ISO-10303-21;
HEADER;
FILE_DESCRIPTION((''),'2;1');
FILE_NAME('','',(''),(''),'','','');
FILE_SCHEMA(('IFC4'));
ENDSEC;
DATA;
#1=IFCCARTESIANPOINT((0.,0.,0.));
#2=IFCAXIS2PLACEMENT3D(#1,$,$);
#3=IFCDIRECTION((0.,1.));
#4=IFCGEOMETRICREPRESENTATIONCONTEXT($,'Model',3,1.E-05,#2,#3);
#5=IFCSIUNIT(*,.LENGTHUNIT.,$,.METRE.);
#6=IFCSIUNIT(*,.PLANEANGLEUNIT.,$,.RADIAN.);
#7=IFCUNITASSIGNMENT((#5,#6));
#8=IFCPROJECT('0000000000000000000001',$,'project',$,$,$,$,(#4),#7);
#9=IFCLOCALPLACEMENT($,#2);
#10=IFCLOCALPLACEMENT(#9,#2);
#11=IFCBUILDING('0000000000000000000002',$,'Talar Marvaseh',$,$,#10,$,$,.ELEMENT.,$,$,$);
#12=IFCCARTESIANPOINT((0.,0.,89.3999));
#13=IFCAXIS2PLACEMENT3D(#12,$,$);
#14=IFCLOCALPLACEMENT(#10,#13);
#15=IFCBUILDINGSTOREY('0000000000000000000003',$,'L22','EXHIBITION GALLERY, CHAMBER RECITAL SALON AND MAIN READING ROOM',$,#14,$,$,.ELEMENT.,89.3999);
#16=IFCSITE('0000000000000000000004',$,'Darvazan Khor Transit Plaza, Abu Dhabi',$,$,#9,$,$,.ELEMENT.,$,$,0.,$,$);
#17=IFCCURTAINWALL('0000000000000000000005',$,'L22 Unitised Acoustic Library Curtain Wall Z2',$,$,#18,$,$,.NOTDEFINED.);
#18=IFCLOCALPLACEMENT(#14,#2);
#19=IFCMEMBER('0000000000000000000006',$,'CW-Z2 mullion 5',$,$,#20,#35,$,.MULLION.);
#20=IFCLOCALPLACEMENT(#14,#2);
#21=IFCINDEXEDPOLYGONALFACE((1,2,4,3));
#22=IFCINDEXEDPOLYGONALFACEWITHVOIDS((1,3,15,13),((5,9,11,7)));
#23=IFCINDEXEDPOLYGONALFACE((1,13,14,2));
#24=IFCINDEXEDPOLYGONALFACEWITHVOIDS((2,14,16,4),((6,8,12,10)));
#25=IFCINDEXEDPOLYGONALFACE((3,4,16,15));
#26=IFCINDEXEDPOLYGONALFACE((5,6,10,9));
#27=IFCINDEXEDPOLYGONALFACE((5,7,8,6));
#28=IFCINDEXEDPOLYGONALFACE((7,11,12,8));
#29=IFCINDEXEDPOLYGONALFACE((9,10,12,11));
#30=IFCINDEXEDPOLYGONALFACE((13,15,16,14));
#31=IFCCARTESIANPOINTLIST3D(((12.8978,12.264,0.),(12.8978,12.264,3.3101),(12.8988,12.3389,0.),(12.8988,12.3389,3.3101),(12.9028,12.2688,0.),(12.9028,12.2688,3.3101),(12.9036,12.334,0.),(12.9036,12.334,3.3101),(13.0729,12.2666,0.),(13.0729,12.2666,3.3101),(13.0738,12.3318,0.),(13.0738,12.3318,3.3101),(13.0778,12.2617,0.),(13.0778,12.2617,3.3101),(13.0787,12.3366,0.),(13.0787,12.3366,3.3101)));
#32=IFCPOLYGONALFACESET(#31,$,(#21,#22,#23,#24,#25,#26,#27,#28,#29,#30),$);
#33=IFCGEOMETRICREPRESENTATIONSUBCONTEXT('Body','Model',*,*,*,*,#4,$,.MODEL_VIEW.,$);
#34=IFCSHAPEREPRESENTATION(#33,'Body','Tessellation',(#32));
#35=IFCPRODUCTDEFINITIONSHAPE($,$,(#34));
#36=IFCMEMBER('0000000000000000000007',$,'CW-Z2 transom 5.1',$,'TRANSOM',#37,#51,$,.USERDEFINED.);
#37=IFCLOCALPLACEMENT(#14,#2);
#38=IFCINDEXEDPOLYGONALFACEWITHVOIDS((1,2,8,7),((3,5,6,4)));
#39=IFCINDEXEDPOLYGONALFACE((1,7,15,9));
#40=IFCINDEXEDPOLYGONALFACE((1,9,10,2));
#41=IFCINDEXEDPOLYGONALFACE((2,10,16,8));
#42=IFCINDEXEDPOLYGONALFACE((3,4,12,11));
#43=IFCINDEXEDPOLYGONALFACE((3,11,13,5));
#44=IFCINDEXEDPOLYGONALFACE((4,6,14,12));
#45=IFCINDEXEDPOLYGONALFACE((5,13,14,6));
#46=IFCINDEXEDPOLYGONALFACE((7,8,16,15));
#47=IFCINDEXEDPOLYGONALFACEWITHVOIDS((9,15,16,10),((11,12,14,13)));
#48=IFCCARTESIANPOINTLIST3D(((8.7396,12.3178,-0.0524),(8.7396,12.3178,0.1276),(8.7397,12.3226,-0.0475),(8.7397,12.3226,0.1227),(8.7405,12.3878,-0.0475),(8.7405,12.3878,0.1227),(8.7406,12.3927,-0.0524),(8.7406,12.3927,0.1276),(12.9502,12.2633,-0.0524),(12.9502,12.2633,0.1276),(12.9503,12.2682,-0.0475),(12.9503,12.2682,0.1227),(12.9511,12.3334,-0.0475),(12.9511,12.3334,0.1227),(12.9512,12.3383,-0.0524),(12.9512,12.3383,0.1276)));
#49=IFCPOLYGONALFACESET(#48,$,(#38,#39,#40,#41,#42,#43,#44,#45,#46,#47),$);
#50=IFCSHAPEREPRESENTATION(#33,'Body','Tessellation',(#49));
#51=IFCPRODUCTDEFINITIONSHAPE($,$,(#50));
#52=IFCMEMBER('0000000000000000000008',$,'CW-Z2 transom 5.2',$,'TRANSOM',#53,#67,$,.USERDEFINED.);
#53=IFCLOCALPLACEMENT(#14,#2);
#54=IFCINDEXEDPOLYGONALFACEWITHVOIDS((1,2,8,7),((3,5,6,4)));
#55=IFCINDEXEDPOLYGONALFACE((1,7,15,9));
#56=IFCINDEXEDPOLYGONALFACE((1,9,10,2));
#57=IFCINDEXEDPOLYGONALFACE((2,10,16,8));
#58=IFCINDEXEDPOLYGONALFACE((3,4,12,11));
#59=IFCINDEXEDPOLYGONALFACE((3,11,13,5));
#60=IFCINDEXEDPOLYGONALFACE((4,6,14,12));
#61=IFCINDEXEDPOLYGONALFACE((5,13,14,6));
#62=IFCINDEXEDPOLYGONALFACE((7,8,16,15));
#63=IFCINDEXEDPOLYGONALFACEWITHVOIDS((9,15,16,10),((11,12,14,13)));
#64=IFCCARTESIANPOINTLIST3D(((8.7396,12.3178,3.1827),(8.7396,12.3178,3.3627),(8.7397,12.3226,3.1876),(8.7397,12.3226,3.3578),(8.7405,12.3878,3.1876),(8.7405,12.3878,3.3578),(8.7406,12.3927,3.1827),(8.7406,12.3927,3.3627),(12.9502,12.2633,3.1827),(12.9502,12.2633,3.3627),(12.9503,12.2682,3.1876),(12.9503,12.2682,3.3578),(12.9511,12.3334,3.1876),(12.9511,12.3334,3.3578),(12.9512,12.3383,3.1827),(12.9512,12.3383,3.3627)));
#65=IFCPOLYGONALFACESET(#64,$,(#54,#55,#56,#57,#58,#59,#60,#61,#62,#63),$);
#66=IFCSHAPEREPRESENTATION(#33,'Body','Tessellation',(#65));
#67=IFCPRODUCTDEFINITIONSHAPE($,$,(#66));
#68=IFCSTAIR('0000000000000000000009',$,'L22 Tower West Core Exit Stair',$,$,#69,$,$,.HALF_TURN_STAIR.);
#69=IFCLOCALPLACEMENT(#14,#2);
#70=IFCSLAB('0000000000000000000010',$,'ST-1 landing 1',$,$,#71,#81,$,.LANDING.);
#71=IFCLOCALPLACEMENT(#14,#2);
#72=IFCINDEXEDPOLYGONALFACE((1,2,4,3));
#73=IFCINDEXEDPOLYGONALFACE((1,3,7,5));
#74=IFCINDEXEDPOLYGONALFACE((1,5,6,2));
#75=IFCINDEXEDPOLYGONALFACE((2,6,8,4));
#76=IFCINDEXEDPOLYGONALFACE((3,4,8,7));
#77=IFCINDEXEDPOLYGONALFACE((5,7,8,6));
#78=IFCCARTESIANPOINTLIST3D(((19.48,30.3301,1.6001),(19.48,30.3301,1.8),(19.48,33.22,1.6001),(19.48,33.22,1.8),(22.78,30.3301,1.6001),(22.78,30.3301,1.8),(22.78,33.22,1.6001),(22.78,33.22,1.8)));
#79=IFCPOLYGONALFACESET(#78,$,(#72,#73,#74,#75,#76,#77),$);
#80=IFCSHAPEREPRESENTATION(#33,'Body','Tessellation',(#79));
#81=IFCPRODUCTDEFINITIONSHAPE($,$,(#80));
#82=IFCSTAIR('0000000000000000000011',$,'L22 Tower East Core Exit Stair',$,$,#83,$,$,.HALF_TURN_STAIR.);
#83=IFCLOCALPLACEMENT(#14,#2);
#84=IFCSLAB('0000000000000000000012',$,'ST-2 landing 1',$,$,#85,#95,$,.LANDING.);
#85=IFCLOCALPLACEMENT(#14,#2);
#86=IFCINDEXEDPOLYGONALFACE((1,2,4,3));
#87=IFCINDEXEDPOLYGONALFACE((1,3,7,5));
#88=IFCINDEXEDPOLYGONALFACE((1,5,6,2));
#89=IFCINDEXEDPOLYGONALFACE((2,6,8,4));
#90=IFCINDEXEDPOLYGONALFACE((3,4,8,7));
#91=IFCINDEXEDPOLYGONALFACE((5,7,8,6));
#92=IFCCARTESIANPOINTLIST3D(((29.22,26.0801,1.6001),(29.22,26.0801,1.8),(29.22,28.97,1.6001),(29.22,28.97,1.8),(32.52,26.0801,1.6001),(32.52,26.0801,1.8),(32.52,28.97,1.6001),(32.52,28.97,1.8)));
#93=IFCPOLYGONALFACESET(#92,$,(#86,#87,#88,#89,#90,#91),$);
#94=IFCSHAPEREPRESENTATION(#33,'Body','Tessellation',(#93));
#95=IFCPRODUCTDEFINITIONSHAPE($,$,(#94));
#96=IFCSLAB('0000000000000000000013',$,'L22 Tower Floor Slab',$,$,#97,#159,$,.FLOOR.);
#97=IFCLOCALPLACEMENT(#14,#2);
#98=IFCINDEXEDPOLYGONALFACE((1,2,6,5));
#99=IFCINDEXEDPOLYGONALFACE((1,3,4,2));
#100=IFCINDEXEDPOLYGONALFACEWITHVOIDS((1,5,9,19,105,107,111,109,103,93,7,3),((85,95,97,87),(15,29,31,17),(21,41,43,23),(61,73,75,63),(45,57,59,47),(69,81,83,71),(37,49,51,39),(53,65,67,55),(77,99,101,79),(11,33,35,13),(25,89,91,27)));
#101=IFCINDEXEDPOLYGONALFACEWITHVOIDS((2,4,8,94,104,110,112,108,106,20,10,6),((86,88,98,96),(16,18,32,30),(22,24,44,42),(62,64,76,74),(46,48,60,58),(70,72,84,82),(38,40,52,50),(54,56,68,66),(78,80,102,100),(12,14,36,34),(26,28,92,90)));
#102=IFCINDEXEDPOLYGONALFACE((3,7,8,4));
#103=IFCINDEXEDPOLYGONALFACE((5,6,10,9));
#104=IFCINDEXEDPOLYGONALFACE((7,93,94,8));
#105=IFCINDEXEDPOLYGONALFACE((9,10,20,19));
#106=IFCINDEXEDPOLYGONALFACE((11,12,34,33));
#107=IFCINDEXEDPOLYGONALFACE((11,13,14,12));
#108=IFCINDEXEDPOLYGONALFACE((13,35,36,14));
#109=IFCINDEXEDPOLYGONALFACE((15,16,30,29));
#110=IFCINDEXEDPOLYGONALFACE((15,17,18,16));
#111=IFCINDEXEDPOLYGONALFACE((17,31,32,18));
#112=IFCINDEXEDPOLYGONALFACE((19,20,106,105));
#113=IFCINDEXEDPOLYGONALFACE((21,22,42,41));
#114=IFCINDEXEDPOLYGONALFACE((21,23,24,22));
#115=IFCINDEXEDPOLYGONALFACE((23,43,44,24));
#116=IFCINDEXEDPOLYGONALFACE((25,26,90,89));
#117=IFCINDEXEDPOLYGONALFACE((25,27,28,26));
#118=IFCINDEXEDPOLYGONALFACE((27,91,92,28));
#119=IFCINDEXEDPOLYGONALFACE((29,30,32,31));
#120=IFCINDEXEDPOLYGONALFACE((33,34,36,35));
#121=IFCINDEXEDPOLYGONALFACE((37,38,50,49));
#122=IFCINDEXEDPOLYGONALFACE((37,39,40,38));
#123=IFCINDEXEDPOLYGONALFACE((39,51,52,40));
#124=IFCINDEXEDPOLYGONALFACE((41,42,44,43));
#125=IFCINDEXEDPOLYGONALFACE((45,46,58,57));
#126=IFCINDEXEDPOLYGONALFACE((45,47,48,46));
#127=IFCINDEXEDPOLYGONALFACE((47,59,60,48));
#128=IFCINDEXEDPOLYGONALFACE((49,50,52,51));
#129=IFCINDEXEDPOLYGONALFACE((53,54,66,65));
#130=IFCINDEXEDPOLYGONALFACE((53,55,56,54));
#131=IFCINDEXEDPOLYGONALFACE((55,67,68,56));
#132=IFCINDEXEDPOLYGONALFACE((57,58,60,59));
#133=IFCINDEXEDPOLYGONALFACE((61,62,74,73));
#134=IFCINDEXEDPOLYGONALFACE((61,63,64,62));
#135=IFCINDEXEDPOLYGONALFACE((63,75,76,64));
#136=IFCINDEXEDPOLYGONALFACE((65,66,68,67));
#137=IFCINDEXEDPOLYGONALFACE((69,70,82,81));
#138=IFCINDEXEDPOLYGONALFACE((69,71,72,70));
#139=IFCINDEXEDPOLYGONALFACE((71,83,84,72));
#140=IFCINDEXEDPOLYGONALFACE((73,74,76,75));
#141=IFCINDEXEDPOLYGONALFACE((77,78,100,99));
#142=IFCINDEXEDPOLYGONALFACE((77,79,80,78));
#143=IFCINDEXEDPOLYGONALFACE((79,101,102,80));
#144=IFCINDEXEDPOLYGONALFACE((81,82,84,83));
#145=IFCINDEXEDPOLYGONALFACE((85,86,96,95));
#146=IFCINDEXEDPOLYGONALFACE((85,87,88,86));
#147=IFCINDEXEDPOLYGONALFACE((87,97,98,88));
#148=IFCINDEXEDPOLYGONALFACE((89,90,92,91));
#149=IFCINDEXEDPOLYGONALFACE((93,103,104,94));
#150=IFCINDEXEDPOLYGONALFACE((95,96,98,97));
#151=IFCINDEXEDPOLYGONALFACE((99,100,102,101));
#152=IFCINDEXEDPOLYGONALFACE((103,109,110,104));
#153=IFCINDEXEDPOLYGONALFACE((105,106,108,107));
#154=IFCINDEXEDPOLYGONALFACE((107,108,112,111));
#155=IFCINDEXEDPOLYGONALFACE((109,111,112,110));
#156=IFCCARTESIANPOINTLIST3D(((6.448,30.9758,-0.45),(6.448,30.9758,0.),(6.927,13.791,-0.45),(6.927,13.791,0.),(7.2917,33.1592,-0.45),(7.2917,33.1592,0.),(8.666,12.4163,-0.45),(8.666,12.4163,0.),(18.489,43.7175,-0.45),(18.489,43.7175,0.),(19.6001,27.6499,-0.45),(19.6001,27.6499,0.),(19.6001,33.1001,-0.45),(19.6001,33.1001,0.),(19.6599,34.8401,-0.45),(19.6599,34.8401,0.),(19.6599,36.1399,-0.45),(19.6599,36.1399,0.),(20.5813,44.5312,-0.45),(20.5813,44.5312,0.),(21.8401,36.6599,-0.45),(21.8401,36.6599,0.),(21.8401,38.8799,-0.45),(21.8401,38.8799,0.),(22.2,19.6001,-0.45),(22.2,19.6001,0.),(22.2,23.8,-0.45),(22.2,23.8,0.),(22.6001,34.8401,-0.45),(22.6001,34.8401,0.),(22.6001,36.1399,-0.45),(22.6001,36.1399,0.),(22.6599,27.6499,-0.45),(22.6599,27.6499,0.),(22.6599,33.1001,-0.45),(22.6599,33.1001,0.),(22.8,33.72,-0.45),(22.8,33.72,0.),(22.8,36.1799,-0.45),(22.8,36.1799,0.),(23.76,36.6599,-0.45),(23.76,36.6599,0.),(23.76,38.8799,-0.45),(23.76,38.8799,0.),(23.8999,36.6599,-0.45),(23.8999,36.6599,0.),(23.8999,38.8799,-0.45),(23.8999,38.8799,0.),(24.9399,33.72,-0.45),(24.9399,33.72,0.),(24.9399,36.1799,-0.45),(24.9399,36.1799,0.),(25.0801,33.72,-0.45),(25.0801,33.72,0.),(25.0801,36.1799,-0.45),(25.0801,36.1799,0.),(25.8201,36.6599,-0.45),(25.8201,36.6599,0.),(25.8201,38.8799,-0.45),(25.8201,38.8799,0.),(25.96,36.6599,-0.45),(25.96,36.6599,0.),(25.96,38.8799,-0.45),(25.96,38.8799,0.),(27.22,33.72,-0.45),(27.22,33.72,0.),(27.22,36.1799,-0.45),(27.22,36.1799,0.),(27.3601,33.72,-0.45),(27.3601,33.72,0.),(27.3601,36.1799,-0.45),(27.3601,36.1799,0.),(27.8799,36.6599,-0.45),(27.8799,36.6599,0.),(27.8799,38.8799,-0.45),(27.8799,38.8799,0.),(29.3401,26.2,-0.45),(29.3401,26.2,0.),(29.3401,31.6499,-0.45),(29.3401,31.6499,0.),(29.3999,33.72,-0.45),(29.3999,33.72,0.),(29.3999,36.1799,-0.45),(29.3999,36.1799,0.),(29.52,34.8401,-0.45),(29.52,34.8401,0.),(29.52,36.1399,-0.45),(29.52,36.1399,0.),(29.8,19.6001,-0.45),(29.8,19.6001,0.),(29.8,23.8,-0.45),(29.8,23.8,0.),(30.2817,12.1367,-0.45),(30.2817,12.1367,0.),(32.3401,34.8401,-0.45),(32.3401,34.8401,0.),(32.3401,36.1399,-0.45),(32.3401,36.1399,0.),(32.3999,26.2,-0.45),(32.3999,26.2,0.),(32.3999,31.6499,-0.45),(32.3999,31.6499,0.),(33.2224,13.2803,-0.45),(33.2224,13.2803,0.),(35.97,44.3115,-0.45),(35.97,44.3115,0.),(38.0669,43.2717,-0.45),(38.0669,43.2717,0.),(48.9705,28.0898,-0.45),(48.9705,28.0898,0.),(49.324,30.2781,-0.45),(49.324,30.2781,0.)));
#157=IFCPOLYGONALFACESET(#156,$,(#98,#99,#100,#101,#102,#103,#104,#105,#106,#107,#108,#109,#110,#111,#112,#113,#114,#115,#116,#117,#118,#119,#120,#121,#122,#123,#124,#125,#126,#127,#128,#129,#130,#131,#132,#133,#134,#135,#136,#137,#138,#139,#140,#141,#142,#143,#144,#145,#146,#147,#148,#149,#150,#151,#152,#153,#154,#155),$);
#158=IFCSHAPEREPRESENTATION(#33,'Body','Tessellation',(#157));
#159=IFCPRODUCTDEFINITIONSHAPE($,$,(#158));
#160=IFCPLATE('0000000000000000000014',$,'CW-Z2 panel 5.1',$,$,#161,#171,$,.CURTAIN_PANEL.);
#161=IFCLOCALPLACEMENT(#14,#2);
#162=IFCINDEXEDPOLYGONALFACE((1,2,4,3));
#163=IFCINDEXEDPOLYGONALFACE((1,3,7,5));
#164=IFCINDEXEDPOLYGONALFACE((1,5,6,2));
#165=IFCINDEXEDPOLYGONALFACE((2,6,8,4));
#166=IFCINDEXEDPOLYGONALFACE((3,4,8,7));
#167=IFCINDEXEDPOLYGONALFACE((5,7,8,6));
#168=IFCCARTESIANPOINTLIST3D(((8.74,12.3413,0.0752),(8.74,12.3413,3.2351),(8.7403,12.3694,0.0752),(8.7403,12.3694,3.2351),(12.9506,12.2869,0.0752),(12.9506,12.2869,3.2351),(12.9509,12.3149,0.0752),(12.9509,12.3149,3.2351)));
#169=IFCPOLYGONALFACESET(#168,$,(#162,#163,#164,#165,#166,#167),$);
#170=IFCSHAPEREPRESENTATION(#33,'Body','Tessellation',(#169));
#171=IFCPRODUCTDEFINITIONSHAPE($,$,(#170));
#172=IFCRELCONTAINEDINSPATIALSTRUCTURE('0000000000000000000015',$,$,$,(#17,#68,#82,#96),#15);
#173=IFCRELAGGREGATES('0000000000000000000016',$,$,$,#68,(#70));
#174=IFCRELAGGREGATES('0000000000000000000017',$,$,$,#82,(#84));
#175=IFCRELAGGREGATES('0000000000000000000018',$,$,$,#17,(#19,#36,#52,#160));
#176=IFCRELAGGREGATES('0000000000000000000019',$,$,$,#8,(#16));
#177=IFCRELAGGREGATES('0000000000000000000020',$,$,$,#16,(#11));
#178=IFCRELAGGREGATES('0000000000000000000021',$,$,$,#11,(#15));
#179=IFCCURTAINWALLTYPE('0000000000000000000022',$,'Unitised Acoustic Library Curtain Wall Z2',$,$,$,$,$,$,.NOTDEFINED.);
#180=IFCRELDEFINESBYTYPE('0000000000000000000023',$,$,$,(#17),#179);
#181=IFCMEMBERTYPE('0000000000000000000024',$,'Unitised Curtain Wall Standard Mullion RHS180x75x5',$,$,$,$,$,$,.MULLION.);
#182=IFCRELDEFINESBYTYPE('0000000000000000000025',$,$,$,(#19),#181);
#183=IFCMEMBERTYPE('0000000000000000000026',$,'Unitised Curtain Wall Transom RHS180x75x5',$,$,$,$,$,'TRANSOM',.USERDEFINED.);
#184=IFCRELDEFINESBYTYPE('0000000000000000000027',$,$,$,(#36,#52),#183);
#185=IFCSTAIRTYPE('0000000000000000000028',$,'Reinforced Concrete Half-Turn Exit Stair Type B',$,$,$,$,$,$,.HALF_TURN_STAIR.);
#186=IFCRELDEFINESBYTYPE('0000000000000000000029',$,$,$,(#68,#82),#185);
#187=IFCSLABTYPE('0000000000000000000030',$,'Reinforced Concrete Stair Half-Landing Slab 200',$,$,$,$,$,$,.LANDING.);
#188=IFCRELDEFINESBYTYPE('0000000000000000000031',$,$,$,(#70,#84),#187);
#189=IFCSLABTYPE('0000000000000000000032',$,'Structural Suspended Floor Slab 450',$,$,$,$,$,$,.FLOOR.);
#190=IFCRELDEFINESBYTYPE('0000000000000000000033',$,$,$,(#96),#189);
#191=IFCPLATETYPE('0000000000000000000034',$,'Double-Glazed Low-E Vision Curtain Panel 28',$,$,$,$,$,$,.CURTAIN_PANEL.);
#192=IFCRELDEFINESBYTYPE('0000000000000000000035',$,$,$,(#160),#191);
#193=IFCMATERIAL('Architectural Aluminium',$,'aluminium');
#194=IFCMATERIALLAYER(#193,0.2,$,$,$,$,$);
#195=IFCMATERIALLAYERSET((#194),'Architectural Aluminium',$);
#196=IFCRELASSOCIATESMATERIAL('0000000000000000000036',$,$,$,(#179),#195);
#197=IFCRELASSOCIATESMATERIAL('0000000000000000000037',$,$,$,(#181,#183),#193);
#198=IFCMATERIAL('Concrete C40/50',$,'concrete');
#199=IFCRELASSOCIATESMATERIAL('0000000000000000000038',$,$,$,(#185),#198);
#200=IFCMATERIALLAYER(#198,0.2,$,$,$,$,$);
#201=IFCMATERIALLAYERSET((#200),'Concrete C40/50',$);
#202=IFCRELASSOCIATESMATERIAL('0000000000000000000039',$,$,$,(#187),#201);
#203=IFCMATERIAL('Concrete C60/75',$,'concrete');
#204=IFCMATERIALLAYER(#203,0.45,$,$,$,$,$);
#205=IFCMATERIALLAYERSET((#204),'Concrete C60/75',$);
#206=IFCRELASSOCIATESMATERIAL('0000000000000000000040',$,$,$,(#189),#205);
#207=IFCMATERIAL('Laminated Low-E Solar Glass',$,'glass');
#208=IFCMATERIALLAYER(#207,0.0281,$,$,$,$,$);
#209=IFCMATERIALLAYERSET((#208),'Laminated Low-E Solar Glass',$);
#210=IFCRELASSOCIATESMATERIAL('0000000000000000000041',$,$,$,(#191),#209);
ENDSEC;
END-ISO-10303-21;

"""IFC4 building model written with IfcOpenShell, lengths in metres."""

from ifc_helpers import new_model, si_unit, direction, frame, origin, origin_2d, place, context, subcontext, project, spatial, polyline, rectangle, hollow_rectangle, outline, extrude, source, transform, mapped, material, layer, layer_set, material_profile, profile_set, type_object, type_shapes, element, aggregate, save


model = new_model("IFC4")

# Units and contexts
model_context = context("Model", 3, precision=1e-05, world=origin(), true_north=direction((0.0, 1.0)))
body_context = subcontext(model_context, "Body", "Model", "MODEL_VIEW")
ifc_project = project(units=[si_unit("LENGTHUNIT", "METRE"), si_unit("PLANEANGLEUNIT", "RADIAN")], contexts=[model_context])

# Site, building, storey
site_placement = place(None, origin())
site = spatial("IfcSite", under=ifc_project, at=site_placement, Name="Darvazan Khor Transit Plaza, Abu Dhabi", CompositionType="ELEMENT", RefElevation=0.0)
building_placement = place(site_placement, origin())
building = spatial("IfcBuilding", under=site, at=building_placement, Name="Talar Marvaseh", CompositionType="ELEMENT")
storey_placement = place(building_placement, frame((0.0, 0.0, 89.3999)))
storey = spatial("IfcBuildingStorey", under=building, at=storey_placement, Name="L22", Description="EXHIBITION GALLERY, CHAMBER RECITAL SALON AND MAIN READING ROOM", CompositionType="ELEMENT", Elevation=89.3999)

# Curtain wall, members
ifc_material_1 = material(Name="Architectural Aluminium", Category="aluminium")
ifc_layer_1 = layer(ifc_material_1, 0.2)
ifc_layer_set_1 = layer_set([ifc_layer_1], Name="Architectural Aluminium")
curtain_wall_type = type_object("IfcCurtainWallType", Name="Unitised Acoustic Library Curtain Wall Z2", PredefinedType="NOTDEFINED", material=ifc_layer_set_1)
curtain_wall_placement = place(storey_placement, origin())
curtain_wall = element("IfcCurtainWall", 1, at=curtain_wall_placement, inside=storey, type_object=curtain_wall_type, Name="L22 Unitised Acoustic Library Curtain Wall Z2", PredefinedType="NOTDEFINED")
ifc_material_profile_1 = material_profile(ifc_material_1, hollow_rectangle(XDim=0.075, YDim=0.1799, WallThickness=0.0049, at=origin_2d()), Name="RHS180x75x5")
ifc_profile_set_1 = profile_set([ifc_material_profile_1], Name="Architectural Aluminium")
member_type_1 = type_object("IfcMemberType", Name="Unitised Curtain Wall Standard Mullion RHS180x75x5", PredefinedType="MULLION", material=ifc_profile_set_1)
shared_shape_1 = source(origin(), body_context, "Body", "SweptSolid", [
    extrude(hollow_rectangle(XDim=0.075, YDim=0.1799, WallThickness=0.0049, at=origin_2d()), origin(), (0.0, 0.0, 1.0), 3.3101),
])
type_shapes(member_type_1, [shared_shape_1])
member_1_placement = place(storey_placement, frame((12.9883, 12.3003, 0.0), z_axis=(0.0, 0.0, 1.0), x_axis=(-0.012934, -0.999916, 0.0)))
member_1 = element("IfcMember", 2, at=member_1_placement, type_object=member_type_1, Name="CW-Z2 mullion 5", PredefinedType="MULLION", context=body_context, shape_type="MappedRepresentation", body=[
    mapped(shared_shape_1, transform((0.0, 0.0, 0.0), x_axis=(1.0, 0.0, 0.0), y_axis=(0.0, 1.0, 0.0), z_axis=(0.0, 0.0, 1.0), scale=1.0)),
])
ifc_material_profile_2 = material_profile(ifc_material_1, hollow_rectangle(XDim=0.075, YDim=0.1799, WallThickness=0.0049, at=origin_2d()), Name="RHS180x75x5")
ifc_profile_set_2 = profile_set([ifc_material_profile_2], Name="Architectural Aluminium")
member_type_2 = type_object("IfcMemberType", Name="Unitised Curtain Wall Transom RHS180x75x5", ElementType="TRANSOM", PredefinedType="USERDEFINED", material=ifc_profile_set_2)
shared_shape_2 = source(origin(), body_context, "Body", "SweptSolid", [
    extrude(hollow_rectangle(XDim=0.075, YDim=0.1799, WallThickness=0.0049, at=origin_2d()), origin(), (0.0, 0.0, 1.0), 4.2109),
])
type_shapes(member_type_2, [shared_shape_2])
member_2_placement = place(storey_placement, frame((12.9507, 12.3008, 0.0376), z_axis=(-0.999916, 0.012929, 0.0), x_axis=(-0.012929, -0.999916, 0.0)))
member_2 = element("IfcMember", 3, at=member_2_placement, type_object=member_type_2, Name="CW-Z2 transom 5.1", ObjectType="TRANSOM", PredefinedType="USERDEFINED", context=body_context, shape_type="MappedRepresentation", body=[
    mapped(shared_shape_2, transform((0.0, 0.0, 0.0), x_axis=(1.0, 0.0, 0.0), y_axis=(0.0, 1.0, 0.0), z_axis=(0.0, 0.0, 1.0), scale=1.0)),
])
member_3_placement = place(storey_placement, frame((12.9507, 12.3008, 3.2727), z_axis=(-0.999916, 0.012929, 0.0), x_axis=(-0.012929, -0.999916, 0.0)))
member_3 = element("IfcMember", 4, at=member_3_placement, type_object=member_type_2, Name="CW-Z2 transom 5.2", ObjectType="TRANSOM", PredefinedType="USERDEFINED", context=body_context, shape_type="MappedRepresentation", body=[
    mapped(shared_shape_2, transform((0.0, 0.0, 0.0), x_axis=(1.0, 0.0, 0.0), y_axis=(0.0, 1.0, 0.0), z_axis=(0.0, 0.0, 1.0), scale=1.0)),
])

# Stairs, slabs
ifc_material_2 = material(Name="Concrete C40/50", Category="concrete")
stair_type = type_object("IfcStairType", Name="Reinforced Concrete Half-Turn Exit Stair Type B", PredefinedType="HALF_TURN_STAIR", material=ifc_material_2)
stair_1_placement = place(storey_placement, origin())
stair_1 = element("IfcStair", 5, at=stair_1_placement, inside=storey, type_object=stair_type, Name="L22 Tower West Core Exit Stair", PredefinedType="HALF_TURN_STAIR")
ifc_layer_2 = layer(ifc_material_2, 0.2)
ifc_layer_set_2 = layer_set([ifc_layer_2], Name="Concrete C40/50")
slab_type_1 = type_object("IfcSlabType", Name="Reinforced Concrete Stair Half-Landing Slab 200", PredefinedType="LANDING", material=ifc_layer_set_2)
slab_1_placement = place(storey_placement, frame((0.0, 0.0, 1.6001)))
slab_1 = element("IfcSlab", 6, at=slab_1_placement, type_object=slab_type_1, Name="ST-1 landing 1", PredefinedType="LANDING", context=body_context, shape_type="SweptSolid", body=[
    extrude(outline(polyline([(22.78, 30.3301), (22.78, 33.22), (19.48, 33.22), (19.48, 30.3301), (22.78, 30.3301)])), origin(), (0.0, 0.0, 1.0), 0.2),
])
aggregate(stair_1, [slab_1])
stair_2_placement = place(storey_placement, origin())
stair_2 = element("IfcStair", 7, at=stair_2_placement, inside=storey, type_object=stair_type, Name="L22 Tower East Core Exit Stair", PredefinedType="HALF_TURN_STAIR")
slab_2_placement = place(storey_placement, frame((0.0, 0.0, 1.6001)))
slab_2 = element("IfcSlab", 8, at=slab_2_placement, type_object=slab_type_1, Name="ST-2 landing 1", PredefinedType="LANDING", context=body_context, shape_type="SweptSolid", body=[
    extrude(outline(polyline([(29.22, 28.97), (29.22, 26.0801), (32.52, 26.0801), (32.52, 28.97), (29.22, 28.97)])), origin(), (0.0, 0.0, 1.0), 0.2),
])
aggregate(stair_2, [slab_2])

# Slab
ifc_material_3 = material(Name="Concrete C60/75", Category="concrete")
ifc_layer_3 = layer(ifc_material_3, 0.45)
ifc_layer_set_3 = layer_set([ifc_layer_3], Name="Concrete C60/75")
slab_type_2 = type_object("IfcSlabType", Name="Structural Suspended Floor Slab 450", PredefinedType="FLOOR", material=ifc_layer_set_3)
slab_3_placement = place(storey_placement, frame((0.0, 0.0, -0.45)))
element("IfcSlab", 9, at=slab_3_placement, inside=storey, type_object=slab_type_2, Name="L22 Tower Floor Slab", PredefinedType="FLOOR", context=body_context, shape_type="SweptSolid", body=[
    extrude(outline(polyline([(8.666, 12.4163), (6.927, 13.791), (6.448, 30.9758), (7.2917, 33.1592), (18.489, 43.7175), (20.5813, 44.5312), (35.97, 44.3115), (38.0669, 43.2717), (49.324, 30.2781), (48.9705, 28.0898), (33.2224, 13.2803), (30.2817, 12.1367), (8.666, 12.4163)]), holes=[polyline([(22.6599, 27.6499), (22.6599, 33.1001), (19.6001, 33.1001), (19.6001, 27.6499), (22.6599, 27.6499)]), polyline([(29.3401, 31.6499), (29.3401, 26.2), (32.3999, 26.2), (32.3999, 31.6499), (29.3401, 31.6499)]), polyline([(22.8, 33.72), (24.9399, 33.72), (24.9399, 36.1799), (22.8, 36.1799), (22.8, 33.72)]), polyline([(25.0801, 33.72), (27.22, 33.72), (27.22, 36.1799), (25.0801, 36.1799), (25.0801, 33.72)]), polyline([(27.3601, 33.72), (29.3999, 33.72), (29.3999, 36.1799), (27.3601, 36.1799), (27.3601, 33.72)]), polyline([(21.8401, 36.6599), (23.76, 36.6599), (23.76, 38.8799), (21.8401, 38.8799), (21.8401, 36.6599)]), polyline([(23.8999, 36.6599), (25.8201, 36.6599), (25.8201, 38.8799), (23.8999, 38.8799), (23.8999, 36.6599)]), polyline([(25.96, 36.6599), (27.8799, 36.6599), (27.8799, 38.8799), (25.96, 38.8799), (25.96, 36.6599)]), polyline([(19.6599, 34.8401), (22.6001, 34.8401), (22.6001, 36.1399), (19.6599, 36.1399), (19.6599, 34.8401)]), polyline([(29.52, 34.8401), (32.3401, 34.8401), (32.3401, 36.1399), (29.52, 36.1399), (29.52, 34.8401)]), polyline([(22.2, 19.6001), (29.8, 19.6001), (29.8, 23.8), (22.2, 23.8), (22.2, 19.6001)])]), origin(), (0.0, 0.0, 1.0), 0.45),
])

# Plate
ifc_material_4 = material(Name="Laminated Low-E Solar Glass", Category="glass")
ifc_layer_4 = layer(ifc_material_4, 0.0281)
ifc_layer_set_4 = layer_set([ifc_layer_4], Name="Laminated Low-E Solar Glass")
plate_type = type_object("IfcPlateType", Name="Double-Glazed Low-E Vision Curtain Panel 28", PredefinedType="CURTAIN_PANEL", material=ifc_layer_set_4)
shared_shape_3 = source(origin(), body_context, "Body", "SweptSolid", [
    extrude(rectangle(XDim=4.2109, YDim=0.0281, at=origin_2d()), origin(), (0.0, 0.0, 1.0), 3.1599),
])
type_shapes(plate_type, [shared_shape_3])
plate_placement = place(storey_placement, frame((10.8455, 12.3281, 0.0752), z_axis=(0.0, 0.0, 1.0), x_axis=(-0.999916, 0.012934, 0.0)))
plate = element("IfcPlate", 10, at=plate_placement, type_object=plate_type, Name="CW-Z2 panel 5.1", PredefinedType="CURTAIN_PANEL", context=body_context, shape_type="MappedRepresentation", body=[
    mapped(shared_shape_3, transform((0.0, 0.0, 0.0), x_axis=(1.0, 0.0, 0.0), y_axis=(0.0, 1.0, 0.0), z_axis=(0.0, 0.0, 1.0), scale=1.0)),
])
aggregate(curtain_wall, [member_1, member_2, member_3, plate])

save(model, "model.ifc")
